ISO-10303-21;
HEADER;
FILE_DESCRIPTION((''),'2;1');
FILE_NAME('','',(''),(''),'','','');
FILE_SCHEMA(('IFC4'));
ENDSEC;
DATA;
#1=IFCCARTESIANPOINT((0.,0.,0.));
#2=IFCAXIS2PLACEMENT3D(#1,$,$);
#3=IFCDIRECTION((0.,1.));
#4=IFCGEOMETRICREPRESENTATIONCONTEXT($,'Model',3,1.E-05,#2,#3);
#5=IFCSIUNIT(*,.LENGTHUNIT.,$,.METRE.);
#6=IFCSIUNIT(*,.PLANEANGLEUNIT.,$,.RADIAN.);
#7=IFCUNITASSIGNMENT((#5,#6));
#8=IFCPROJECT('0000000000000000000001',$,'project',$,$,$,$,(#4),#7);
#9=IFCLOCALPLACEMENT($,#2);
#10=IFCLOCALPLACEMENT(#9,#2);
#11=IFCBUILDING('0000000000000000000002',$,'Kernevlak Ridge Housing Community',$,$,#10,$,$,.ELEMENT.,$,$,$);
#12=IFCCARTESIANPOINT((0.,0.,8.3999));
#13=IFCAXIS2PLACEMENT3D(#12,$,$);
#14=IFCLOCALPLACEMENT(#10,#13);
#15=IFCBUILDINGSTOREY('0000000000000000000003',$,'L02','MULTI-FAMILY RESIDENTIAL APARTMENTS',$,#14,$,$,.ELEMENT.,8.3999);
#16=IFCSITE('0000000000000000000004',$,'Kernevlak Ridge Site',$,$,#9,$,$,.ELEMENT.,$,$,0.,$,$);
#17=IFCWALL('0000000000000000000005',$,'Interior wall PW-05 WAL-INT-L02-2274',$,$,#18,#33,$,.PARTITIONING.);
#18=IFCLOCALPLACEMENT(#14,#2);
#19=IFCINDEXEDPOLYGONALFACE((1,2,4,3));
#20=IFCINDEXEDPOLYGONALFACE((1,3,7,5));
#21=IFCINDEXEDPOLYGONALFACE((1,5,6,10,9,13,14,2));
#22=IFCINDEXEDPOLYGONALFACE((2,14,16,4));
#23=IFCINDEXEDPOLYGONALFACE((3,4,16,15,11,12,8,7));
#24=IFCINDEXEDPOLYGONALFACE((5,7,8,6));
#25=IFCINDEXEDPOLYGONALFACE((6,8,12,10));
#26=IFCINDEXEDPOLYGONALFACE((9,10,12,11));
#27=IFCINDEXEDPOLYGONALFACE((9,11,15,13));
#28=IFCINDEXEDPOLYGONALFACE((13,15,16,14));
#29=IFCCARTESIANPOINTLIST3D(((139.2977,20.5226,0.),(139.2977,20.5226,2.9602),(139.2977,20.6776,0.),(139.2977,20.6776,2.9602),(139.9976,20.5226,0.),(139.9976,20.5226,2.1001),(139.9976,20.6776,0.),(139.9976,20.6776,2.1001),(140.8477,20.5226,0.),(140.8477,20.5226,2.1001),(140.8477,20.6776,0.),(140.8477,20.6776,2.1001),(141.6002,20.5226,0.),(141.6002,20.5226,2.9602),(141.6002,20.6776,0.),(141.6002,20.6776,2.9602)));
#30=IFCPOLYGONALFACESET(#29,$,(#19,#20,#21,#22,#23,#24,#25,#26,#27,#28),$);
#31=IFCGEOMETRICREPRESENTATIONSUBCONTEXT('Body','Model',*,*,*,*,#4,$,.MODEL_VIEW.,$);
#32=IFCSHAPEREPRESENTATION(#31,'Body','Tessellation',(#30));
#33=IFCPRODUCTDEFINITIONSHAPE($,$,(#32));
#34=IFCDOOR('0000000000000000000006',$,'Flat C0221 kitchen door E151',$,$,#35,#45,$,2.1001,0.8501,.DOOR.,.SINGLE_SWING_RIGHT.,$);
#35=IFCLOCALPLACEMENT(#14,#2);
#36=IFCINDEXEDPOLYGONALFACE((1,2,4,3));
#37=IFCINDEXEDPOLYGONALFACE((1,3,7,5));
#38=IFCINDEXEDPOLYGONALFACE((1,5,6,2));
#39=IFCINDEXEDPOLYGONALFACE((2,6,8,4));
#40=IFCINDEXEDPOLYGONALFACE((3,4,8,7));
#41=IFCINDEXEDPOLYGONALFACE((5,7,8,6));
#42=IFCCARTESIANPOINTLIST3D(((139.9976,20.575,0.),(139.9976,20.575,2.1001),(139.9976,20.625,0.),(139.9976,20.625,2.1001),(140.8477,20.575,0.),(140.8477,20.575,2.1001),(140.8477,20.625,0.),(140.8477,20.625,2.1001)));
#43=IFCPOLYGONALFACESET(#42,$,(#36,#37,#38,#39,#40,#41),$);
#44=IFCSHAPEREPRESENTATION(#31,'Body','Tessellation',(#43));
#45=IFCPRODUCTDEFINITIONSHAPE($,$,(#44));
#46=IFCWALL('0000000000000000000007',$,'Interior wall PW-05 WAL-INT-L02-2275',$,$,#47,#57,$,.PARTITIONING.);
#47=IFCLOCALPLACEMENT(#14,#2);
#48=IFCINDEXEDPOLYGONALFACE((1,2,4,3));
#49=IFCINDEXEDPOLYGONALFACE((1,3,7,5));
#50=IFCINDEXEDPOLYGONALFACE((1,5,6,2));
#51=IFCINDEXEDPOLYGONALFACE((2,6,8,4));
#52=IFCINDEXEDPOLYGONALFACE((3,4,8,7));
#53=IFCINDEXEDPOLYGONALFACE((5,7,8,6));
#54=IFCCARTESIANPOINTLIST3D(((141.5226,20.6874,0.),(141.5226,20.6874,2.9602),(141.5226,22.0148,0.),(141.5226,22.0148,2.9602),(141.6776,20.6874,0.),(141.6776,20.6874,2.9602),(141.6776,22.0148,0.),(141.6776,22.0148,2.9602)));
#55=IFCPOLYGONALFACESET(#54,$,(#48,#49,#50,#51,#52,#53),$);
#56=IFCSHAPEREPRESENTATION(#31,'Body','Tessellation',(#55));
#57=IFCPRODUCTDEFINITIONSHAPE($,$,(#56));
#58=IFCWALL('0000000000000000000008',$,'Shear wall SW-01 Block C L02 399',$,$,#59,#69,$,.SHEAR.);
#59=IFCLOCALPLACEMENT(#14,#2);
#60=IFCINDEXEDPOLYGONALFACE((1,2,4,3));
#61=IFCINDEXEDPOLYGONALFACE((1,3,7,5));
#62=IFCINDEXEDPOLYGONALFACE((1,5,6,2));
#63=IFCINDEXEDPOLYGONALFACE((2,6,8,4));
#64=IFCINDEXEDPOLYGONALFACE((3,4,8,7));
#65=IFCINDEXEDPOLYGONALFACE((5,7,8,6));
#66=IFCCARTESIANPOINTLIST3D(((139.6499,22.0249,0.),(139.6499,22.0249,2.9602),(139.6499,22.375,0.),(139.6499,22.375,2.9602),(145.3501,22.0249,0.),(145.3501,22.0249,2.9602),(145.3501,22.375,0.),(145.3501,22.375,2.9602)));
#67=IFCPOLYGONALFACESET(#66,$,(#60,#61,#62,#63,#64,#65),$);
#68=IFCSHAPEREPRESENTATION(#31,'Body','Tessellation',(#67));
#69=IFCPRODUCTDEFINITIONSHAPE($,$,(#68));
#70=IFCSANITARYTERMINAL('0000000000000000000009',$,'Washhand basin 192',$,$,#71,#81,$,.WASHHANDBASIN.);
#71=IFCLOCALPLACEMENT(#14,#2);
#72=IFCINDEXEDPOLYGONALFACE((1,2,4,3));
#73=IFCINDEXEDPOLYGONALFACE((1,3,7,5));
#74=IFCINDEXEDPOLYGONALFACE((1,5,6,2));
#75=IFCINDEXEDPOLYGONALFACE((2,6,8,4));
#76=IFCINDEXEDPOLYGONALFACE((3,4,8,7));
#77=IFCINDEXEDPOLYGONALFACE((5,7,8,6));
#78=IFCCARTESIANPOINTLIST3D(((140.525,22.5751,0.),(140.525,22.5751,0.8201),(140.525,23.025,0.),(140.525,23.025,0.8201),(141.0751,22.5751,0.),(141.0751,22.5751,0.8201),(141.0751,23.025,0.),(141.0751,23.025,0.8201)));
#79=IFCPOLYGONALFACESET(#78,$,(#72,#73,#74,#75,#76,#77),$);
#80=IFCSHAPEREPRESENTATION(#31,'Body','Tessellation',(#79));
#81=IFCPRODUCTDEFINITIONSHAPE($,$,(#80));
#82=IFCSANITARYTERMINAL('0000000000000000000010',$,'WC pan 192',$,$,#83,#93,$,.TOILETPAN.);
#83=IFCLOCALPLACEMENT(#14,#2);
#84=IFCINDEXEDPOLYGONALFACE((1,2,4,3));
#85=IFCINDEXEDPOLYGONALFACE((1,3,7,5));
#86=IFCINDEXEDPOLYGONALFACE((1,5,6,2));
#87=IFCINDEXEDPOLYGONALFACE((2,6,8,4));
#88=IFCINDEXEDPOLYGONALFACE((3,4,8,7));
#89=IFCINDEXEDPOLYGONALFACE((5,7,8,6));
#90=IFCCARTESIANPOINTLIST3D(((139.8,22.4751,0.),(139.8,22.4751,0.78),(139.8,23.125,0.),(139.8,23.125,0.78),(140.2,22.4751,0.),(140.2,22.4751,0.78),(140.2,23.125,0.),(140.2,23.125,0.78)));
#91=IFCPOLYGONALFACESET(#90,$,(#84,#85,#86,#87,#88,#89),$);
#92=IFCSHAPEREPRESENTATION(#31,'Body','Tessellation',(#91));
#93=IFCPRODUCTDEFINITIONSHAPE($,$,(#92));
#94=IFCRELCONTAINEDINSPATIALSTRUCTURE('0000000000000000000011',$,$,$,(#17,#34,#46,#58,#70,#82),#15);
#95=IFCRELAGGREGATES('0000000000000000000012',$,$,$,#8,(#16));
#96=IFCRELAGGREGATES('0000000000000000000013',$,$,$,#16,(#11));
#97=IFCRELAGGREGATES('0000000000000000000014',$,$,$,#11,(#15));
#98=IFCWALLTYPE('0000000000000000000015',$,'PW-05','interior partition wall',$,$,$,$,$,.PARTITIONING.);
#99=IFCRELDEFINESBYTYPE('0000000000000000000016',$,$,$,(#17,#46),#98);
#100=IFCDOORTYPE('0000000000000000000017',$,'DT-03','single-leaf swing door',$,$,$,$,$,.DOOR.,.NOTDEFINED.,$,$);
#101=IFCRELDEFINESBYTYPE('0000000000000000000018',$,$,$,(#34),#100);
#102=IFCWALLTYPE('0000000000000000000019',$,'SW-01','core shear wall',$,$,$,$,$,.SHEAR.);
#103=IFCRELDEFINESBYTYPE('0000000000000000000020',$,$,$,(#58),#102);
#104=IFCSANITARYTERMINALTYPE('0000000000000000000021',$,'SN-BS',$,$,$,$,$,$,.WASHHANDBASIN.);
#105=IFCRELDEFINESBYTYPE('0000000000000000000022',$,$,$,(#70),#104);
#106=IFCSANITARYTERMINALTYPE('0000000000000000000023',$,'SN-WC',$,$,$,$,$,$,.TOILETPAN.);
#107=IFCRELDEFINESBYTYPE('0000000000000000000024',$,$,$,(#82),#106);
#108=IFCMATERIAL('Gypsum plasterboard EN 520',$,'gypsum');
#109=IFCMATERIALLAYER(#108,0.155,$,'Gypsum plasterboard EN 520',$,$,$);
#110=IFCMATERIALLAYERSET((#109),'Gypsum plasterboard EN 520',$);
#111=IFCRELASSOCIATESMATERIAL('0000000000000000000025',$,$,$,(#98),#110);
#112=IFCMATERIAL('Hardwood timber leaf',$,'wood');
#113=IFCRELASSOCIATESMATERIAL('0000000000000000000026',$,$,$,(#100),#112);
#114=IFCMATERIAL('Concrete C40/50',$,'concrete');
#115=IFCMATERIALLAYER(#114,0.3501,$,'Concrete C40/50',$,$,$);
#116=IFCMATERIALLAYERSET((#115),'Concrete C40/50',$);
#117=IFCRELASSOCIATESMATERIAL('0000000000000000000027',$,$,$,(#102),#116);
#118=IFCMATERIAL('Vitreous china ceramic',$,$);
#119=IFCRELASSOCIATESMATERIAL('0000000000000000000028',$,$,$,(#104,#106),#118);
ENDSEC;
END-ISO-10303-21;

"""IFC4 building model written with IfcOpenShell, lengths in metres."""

from ifc_helpers import new_model, si_unit, direction, frame, frame_2d, origin, origin_2d, place, context, subcontext, project, spatial, rectangle, extrude, material, layer, layer_set, type_object, element, fill, save


model = new_model("IFC4")

# Units and contexts
model_context = context("Model", 3, precision=1e-05, world=origin(), true_north=direction((0.0, 1.0)))
body_context = subcontext(model_context, "Body", "Model", "MODEL_VIEW")
ifc_project = project(units=[si_unit("LENGTHUNIT", "METRE"), si_unit("PLANEANGLEUNIT", "RADIAN")], contexts=[model_context])

# Site, building, storey
site_placement = place(None, origin())
site = spatial("IfcSite", under=ifc_project, at=site_placement, Name="Kernevlak Ridge Site", CompositionType="ELEMENT", RefElevation=0.0)
building_placement = place(site_placement, origin())
building = spatial("IfcBuilding", under=site, at=building_placement, Name="Kernevlak Ridge Housing Community", CompositionType="ELEMENT")
storey_placement = place(building_placement, frame((0.0, 0.0, 8.3999)))
storey = spatial("IfcBuildingStorey", under=building, at=storey_placement, Name="L02", Description="MULTI-FAMILY RESIDENTIAL APARTMENTS", CompositionType="ELEMENT", Elevation=8.3999)

# Shared definitions
ifc_material_1 = material(Name="Concrete C40/50", Category="concrete")

# Shared definitions
ifc_material_2 = material(Name="Gypsum plasterboard EN 520", Category="gypsum")

# Wall, opening, door
ifc_layer_1 = layer(ifc_material_2, 0.155, Name="Gypsum plasterboard EN 520")
ifc_layer_set_1 = layer_set([ifc_layer_1], Name="Gypsum plasterboard EN 520")
wall_type_1 = type_object("IfcWallType", Name="PW-05", Description="interior partition wall", PredefinedType="PARTITIONING", material=ifc_layer_set_1)
wall_1_placement = place(storey_placement, frame((139.2976, 20.6001, 0.0), z_axis=(0.0, 0.0, 1.0), x_axis=(1.0, 0.0, 0.0)))
wall_1 = element("IfcWall", 1, at=wall_1_placement, inside=storey, type_object=wall_type_1, Name="Interior wall PW-05 WAL-INT-L02-2274", PredefinedType="PARTITIONING", context=body_context, shape_type="SweptSolid", body=[
    extrude(rectangle(XDim=2.3025, YDim=0.155, at=frame_2d((1.1514, 0.0))), origin(), (0.0, 0.0, 1.0), 2.9602),
])
opening_1_placement = place(wall_1_placement, frame((0.7, 0.0, 0.0)))
opening_1 = element("IfcOpeningElement", 2, at=opening_1_placement, cuts=wall_1, PredefinedType="OPENING", context=body_context, shape_type="SweptSolid", body=[
    extrude(rectangle(XDim=0.8501, YDim=2.1001, at=frame_2d((0.425, 1.05))), frame((0.0, 0.0874, 0.0), z_axis=(0.0, -1.0, 0.0), x_axis=(1.0, 0.0, 0.0)), (0.0, 0.0, 1.0), 0.175),
])
ifc_material_3 = material(Name="Hardwood timber leaf", Category="wood")
door_type_1 = type_object("IfcDoorType", Name="DT-03", Description="single-leaf swing door", OperationType="NOTDEFINED", PredefinedType="DOOR", material=ifc_material_3)
door_1_placement = place(opening_1_placement, origin())
door_1 = element("IfcDoor", 3, at=door_1_placement, inside=storey, type_object=door_type_1, Name="Flat C0221 kitchen door E151", OperationType="SINGLE_SWING_RIGHT", OverallHeight=2.1001, OverallWidth=0.8501, PredefinedType="DOOR", context=body_context, shape_type="SweptSolid", body=[
    extrude(rectangle(XDim=0.8501, YDim=2.1001, at=frame_2d((0.425, 1.05))), frame((0.0, 0.0249, 0.0), z_axis=(0.0, -1.0, 0.0), x_axis=(1.0, 0.0, 0.0)), (0.0, 0.0, 1.0), 0.05),
])
fill(opening_1, door_1)

# Walls
wall_2_placement = place(storey_placement, frame((141.6001, 20.6875, 0.0), z_axis=(0.0, 0.0, 1.0), x_axis=(0.0, 1.0, 0.0)))
element("IfcWall", 4, at=wall_2_placement, inside=storey, type_object=wall_type_1, Name="Interior wall PW-05 WAL-INT-L02-2275", PredefinedType="PARTITIONING", context=body_context, shape_type="SweptSolid", body=[
    extrude(rectangle(XDim=1.3274, YDim=0.155, at=frame_2d((0.6636, 0.0))), origin(), (0.0, 0.0, 1.0), 2.9602),
])
ifc_layer_2 = layer(ifc_material_1, 0.3501, Name="Concrete C40/50")
ifc_layer_set_2 = layer_set([ifc_layer_2], Name="Concrete C40/50")
wall_type_2 = type_object("IfcWallType", Name="SW-01", Description="core shear wall", PredefinedType="SHEAR", material=ifc_layer_set_2)
wall_3_placement = place(storey_placement, frame((139.6499, 22.2, 0.0), z_axis=(0.0, 0.0, 1.0), x_axis=(1.0, 0.0, 0.0)))
element("IfcWall", 5, at=wall_3_placement, inside=storey, type_object=wall_type_2, Name="Shear wall SW-01 Block C L02 399", PredefinedType="SHEAR", context=body_context, shape_type="SweptSolid", body=[
    extrude(rectangle(XDim=5.7002, YDim=0.3501, at=frame_2d((2.8501, 0.0))), origin(), (0.0, 0.0, 1.0), 2.9602),
])

# Sanitary terminals
ifc_material_4 = material(Name="Vitreous china ceramic")
sanitary_terminal_type_1 = type_object("IfcSanitaryTerminalType", Name="SN-BS", PredefinedType="WASHHANDBASIN", material=ifc_material_4)
sanitary_terminal_1_placement = place(storey_placement, frame((140.8, 22.8, 0.0), z_axis=(0.0, 0.0, 1.0), x_axis=(1.0, 0.0, 0.0)))
element("IfcSanitaryTerminal", 6, at=sanitary_terminal_1_placement, inside=storey, type_object=sanitary_terminal_type_1, Name="Washhand basin 192", PredefinedType="WASHHANDBASIN", context=body_context, shape_type="SweptSolid", body=[
    extrude(rectangle(XDim=0.55, YDim=0.45, at=origin_2d()), origin(), (0.0, 0.0, 1.0), 0.8201),
])
sanitary_terminal_type_2 = type_object("IfcSanitaryTerminalType", Name="SN-WC", PredefinedType="TOILETPAN", material=ifc_material_4)
sanitary_terminal_2_placement = place(storey_placement, frame((140.0, 22.8, 0.0), z_axis=(0.0, 0.0, 1.0), x_axis=(1.0, 0.0, 0.0)))
element("IfcSanitaryTerminal", 7, at=sanitary_terminal_2_placement, inside=storey, type_object=sanitary_terminal_type_2, Name="WC pan 192", PredefinedType="TOILETPAN", context=body_context, shape_type="SweptSolid", body=[
    extrude(rectangle(XDim=0.3999, YDim=0.6499, at=origin_2d()), origin(), (0.0, 0.0, 1.0), 0.78),
])

save(model, "model.ifc")
